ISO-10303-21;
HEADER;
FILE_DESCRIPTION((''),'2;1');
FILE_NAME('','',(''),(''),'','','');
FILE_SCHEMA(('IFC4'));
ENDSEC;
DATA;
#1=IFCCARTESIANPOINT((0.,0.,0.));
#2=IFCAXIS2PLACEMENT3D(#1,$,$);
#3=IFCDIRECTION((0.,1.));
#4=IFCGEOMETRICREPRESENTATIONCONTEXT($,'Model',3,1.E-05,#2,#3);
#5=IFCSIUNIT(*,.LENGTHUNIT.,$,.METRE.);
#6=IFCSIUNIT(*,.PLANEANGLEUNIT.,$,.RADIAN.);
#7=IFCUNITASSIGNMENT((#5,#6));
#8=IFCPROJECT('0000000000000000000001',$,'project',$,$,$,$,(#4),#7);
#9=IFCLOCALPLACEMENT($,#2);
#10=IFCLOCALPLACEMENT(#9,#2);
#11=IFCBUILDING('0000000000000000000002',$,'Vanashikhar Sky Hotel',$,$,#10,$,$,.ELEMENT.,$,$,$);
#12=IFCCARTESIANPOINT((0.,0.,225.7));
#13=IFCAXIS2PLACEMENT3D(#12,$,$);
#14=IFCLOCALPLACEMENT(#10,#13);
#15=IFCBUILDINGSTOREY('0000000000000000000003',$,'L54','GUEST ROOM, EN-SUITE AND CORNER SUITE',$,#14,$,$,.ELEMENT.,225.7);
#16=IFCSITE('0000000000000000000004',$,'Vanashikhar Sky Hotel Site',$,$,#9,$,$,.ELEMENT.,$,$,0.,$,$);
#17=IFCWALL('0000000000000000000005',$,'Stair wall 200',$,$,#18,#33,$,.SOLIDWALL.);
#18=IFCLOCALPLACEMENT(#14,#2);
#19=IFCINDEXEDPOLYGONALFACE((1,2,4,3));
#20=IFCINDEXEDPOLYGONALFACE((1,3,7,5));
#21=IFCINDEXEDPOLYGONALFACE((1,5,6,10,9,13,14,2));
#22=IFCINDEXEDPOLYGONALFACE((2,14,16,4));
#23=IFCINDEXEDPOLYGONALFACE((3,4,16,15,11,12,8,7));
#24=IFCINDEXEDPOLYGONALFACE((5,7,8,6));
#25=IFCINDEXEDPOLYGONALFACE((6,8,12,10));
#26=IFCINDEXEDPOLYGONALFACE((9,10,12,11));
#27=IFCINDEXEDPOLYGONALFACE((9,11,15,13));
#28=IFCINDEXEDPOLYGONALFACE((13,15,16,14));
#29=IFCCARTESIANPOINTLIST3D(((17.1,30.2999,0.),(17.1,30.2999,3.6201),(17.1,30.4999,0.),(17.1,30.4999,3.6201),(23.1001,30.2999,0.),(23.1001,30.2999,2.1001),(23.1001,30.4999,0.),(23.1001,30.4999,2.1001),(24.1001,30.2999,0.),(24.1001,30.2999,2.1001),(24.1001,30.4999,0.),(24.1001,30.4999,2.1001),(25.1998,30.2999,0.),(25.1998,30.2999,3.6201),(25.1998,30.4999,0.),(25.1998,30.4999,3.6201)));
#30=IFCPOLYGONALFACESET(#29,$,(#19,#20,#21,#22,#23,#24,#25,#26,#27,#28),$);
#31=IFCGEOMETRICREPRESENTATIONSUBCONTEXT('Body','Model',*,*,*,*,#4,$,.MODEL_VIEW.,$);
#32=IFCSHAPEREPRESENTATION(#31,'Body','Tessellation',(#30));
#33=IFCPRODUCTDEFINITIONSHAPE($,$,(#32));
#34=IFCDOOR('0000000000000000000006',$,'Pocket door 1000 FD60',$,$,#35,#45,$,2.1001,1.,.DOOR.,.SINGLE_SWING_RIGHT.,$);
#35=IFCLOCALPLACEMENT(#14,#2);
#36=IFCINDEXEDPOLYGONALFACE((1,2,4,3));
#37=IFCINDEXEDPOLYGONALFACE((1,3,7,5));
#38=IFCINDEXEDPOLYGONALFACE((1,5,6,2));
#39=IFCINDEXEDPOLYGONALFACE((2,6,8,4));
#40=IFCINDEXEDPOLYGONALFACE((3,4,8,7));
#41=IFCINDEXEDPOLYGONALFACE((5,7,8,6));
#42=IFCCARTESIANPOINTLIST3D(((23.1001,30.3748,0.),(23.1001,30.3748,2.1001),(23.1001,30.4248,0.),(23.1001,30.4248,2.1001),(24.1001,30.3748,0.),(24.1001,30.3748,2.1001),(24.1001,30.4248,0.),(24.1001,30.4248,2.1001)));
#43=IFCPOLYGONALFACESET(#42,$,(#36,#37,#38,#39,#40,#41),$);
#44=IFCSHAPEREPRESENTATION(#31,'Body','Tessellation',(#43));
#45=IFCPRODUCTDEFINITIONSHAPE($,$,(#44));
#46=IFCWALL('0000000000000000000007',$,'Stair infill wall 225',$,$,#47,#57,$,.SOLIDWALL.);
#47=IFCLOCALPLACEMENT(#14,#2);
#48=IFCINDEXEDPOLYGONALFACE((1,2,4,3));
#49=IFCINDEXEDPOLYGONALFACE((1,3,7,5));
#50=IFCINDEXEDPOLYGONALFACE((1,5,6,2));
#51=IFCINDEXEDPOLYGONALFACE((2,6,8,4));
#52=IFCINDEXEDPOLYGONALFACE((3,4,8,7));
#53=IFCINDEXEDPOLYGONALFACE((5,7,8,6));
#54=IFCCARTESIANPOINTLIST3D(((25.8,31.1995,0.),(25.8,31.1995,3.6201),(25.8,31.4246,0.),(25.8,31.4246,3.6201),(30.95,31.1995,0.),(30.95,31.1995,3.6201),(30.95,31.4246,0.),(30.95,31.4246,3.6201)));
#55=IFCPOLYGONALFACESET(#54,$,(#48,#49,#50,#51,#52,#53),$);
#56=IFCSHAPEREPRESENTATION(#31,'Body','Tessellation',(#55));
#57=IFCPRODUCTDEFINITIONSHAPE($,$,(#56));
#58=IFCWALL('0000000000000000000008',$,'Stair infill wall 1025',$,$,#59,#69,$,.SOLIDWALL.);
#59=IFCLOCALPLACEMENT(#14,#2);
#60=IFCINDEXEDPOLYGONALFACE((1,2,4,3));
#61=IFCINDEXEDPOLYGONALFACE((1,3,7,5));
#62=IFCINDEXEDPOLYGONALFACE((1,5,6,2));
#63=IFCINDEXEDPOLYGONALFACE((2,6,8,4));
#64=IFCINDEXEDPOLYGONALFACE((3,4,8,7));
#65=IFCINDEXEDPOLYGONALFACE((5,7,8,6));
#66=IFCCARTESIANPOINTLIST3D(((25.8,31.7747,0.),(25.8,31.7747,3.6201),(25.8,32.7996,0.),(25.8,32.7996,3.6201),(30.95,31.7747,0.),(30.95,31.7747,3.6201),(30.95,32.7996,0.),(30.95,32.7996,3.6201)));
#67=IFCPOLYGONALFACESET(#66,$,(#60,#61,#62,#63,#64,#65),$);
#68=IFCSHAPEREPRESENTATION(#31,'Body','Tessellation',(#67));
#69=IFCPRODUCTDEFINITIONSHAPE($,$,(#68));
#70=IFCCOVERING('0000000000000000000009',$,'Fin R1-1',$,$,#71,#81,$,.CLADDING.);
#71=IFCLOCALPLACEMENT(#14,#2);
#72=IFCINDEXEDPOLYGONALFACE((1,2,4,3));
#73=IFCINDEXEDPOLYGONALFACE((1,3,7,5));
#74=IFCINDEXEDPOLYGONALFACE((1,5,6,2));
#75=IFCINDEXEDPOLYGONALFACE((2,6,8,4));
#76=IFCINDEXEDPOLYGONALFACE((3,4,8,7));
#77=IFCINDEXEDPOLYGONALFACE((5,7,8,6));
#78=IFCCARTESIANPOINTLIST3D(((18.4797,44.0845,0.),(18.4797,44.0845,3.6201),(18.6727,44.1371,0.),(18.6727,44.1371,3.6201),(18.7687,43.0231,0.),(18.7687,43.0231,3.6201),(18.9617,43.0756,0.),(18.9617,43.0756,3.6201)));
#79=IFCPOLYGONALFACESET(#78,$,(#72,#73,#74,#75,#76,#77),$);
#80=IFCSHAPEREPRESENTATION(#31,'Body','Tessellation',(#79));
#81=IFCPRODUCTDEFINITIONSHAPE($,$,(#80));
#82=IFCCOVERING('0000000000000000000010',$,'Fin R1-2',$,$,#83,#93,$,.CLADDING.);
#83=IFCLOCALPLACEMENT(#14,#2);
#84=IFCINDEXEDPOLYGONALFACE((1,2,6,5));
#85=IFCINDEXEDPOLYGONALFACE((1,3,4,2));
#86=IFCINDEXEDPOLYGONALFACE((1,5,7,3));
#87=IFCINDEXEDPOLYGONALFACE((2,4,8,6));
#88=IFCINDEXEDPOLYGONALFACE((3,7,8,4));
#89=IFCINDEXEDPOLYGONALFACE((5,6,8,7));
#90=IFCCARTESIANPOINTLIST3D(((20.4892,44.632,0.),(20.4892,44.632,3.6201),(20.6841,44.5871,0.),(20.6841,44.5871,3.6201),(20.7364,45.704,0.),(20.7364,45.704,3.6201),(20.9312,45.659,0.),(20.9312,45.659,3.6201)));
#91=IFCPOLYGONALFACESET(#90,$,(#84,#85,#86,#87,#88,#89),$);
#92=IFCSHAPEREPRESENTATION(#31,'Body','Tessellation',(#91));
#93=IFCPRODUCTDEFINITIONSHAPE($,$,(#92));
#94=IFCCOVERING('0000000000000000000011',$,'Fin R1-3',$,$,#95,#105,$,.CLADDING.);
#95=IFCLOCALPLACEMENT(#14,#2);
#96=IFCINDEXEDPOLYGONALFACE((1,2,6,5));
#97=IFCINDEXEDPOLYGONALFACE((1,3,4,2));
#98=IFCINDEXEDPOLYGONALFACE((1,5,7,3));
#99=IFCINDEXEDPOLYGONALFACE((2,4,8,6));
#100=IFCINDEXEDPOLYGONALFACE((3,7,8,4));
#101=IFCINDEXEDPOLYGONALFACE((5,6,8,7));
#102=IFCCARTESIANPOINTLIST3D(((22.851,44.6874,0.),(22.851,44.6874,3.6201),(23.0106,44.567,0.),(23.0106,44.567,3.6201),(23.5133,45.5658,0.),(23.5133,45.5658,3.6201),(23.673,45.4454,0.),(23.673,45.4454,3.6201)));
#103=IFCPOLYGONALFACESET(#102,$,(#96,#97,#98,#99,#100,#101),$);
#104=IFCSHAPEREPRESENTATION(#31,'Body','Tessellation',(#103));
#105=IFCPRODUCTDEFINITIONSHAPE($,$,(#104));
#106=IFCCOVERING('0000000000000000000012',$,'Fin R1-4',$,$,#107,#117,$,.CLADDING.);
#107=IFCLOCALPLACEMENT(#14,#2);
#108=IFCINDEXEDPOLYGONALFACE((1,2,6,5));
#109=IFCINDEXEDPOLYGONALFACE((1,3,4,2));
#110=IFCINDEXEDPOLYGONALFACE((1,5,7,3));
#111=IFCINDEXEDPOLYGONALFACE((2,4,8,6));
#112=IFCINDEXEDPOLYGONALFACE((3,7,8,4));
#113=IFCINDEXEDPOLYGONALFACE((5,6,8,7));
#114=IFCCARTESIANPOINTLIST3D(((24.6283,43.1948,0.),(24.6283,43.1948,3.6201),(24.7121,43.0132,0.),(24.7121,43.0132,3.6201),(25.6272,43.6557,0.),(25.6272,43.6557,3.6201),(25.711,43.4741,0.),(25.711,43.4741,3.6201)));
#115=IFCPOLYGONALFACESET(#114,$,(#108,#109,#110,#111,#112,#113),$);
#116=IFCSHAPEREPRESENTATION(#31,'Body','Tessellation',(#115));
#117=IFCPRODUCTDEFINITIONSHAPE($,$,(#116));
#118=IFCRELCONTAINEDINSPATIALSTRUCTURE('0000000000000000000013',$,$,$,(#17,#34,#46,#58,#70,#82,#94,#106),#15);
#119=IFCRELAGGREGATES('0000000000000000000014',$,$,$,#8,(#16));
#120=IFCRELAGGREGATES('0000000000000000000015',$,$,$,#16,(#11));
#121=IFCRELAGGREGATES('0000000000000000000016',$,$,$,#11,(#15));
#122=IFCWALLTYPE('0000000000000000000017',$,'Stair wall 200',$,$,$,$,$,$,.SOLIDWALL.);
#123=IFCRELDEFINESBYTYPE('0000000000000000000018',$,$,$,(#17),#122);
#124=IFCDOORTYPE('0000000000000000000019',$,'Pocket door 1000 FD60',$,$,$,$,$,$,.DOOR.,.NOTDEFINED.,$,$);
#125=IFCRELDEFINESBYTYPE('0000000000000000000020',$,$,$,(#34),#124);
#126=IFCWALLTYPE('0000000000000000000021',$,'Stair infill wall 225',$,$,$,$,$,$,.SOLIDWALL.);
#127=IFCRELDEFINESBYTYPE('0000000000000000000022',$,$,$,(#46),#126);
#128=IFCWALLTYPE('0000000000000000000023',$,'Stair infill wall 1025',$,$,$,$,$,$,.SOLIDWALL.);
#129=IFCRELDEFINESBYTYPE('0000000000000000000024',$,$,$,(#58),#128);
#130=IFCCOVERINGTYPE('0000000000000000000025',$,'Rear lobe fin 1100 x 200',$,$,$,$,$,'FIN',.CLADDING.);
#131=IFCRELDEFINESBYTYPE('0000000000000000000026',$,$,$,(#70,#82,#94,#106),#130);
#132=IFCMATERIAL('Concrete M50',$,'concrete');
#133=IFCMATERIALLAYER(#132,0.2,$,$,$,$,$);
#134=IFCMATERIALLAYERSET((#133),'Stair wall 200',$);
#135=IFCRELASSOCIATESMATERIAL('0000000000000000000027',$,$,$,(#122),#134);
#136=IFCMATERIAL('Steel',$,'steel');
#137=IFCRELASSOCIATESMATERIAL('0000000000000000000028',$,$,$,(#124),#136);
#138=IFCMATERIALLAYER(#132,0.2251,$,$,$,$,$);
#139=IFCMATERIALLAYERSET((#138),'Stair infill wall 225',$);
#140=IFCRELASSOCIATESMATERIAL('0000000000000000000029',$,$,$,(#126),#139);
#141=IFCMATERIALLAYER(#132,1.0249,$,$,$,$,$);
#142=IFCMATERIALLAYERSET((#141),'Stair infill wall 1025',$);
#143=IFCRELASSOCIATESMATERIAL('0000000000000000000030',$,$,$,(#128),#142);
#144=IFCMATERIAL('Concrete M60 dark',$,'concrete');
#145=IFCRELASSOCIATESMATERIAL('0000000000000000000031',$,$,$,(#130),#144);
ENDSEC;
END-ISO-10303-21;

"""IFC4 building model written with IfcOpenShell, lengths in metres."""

from ifc_helpers import new_model, si_unit, direction, frame, frame_2d, origin, origin_2d, place, context, subcontext, project, spatial, rectangle, extrude, source, transform, mapped, material, layer, layer_set, material_profile, profile_set, type_object, element, fill, save


model = new_model("IFC4")

# Units and contexts
model_context = context("Model", 3, precision=1e-05, world=origin(), true_north=direction((0.0, 1.0)))
body_context = subcontext(model_context, "Body", "Model", "MODEL_VIEW")
ifc_project = project(units=[si_unit("LENGTHUNIT", "METRE"), si_unit("PLANEANGLEUNIT", "RADIAN")], contexts=[model_context])

# Site, building, storey
site_placement = place(None, origin())
site = spatial("IfcSite", under=ifc_project, at=site_placement, Name="Vanashikhar Sky Hotel Site", CompositionType="ELEMENT", RefElevation=0.0)
building_placement = place(site_placement, origin())
building = spatial("IfcBuilding", under=site, at=building_placement, Name="Vanashikhar Sky Hotel", CompositionType="ELEMENT")
storey_placement = place(building_placement, frame((0.0, 0.0, 225.7)))
storey = spatial("IfcBuildingStorey", under=building, at=storey_placement, Name="L54", Description="GUEST ROOM, EN-SUITE AND CORNER SUITE", CompositionType="ELEMENT", Elevation=225.7)

# Shared definitions
ifc_material_1 = material(Name="Concrete M50", Category="concrete")

# Wall, opening, door
ifc_layer_1 = layer(ifc_material_1, 0.2)
ifc_layer_set_1 = layer_set([ifc_layer_1], Name="Stair wall 200")
wall_type_1 = type_object("IfcWallType", Name="Stair wall 200", PredefinedType="SOLIDWALL", material=ifc_layer_set_1)
shared_shape_1 = source(origin(), body_context, "Body", "SweptSolid", [
    extrude(rectangle(XDim=8.0999, YDim=0.2, at=frame_2d((4.0498, 0.0))), origin(), (0.0, 0.0, 1.0), 3.6201),
])
wall_1_placement = place(storey_placement, frame((17.1001, 30.3999, 0.0), z_axis=(0.0, 0.0, 1.0), x_axis=(1.0, 0.0, 0.0)))
wall_1 = element("IfcWall", 1, at=wall_1_placement, inside=storey, type_object=wall_type_1, Name="Stair wall 200", PredefinedType="SOLIDWALL", context=body_context, shape_type="MappedRepresentation", body=[
    mapped(shared_shape_1, transform((0.0, 0.0, 0.0), scale=1.0)),
])
shared_shape_2 = source(origin(), body_context, "Body", "SweptSolid", [
    extrude(rectangle(XDim=1.0, YDim=2.1001, at=frame_2d((0.5, 1.05))), frame((0.0, 0.1099, 0.0), z_axis=(0.0, -1.0, 0.0), x_axis=(1.0, 0.0, 0.0)), (0.0, 0.0, 1.0), 0.22),
])
opening_1_placement = place(wall_1_placement, frame((6.0, 0.0, 0.0)))
opening_1 = element("IfcOpeningElement", 2, at=opening_1_placement, cuts=wall_1, PredefinedType="OPENING", context=body_context, shape_type="MappedRepresentation", body=[
    mapped(shared_shape_2, transform((0.0, 0.0, 0.0), scale=1.0)),
])
ifc_material_2 = material(Name="Steel", Category="steel")
door_type_1 = type_object("IfcDoorType", Name="Pocket door 1000 FD60", OperationType="NOTDEFINED", PredefinedType="DOOR", material=ifc_material_2)
shared_shape_3 = source(origin(), body_context, "Body", "SweptSolid", [
    extrude(rectangle(XDim=1.0, YDim=2.1001, at=frame_2d((0.5, 1.05))), frame((0.0, 0.0249, 0.0), z_axis=(0.0, -1.0, 0.0), x_axis=(1.0, 0.0, 0.0)), (0.0, 0.0, 1.0), 0.05),
])
door_1_placement = place(opening_1_placement, origin())
door_1 = element("IfcDoor", 3, at=door_1_placement, inside=storey, type_object=door_type_1, Name="Pocket door 1000 FD60", OperationType="SINGLE_SWING_RIGHT", OverallHeight=2.1001, OverallWidth=1.0, PredefinedType="DOOR", context=body_context, shape_type="MappedRepresentation", body=[
    mapped(shared_shape_3, transform((0.0, 0.0, 0.0), scale=1.0)),
])
fill(opening_1, door_1)

# Walls
ifc_layer_2 = layer(ifc_material_1, 0.2251)
ifc_layer_set_2 = layer_set([ifc_layer_2], Name="Stair infill wall 225")
wall_type_2 = type_object("IfcWallType", Name="Stair infill wall 225", PredefinedType="SOLIDWALL", material=ifc_layer_set_2)
shared_shape_4 = source(origin(), body_context, "Body", "SweptSolid", [
    extrude(rectangle(XDim=5.1499, YDim=0.2251, at=frame_2d((2.575, 0.0))), origin(), (0.0, 0.0, 1.0), 3.6201),
])
wall_2_placement = place(storey_placement, frame((25.8, 31.312, 0.0), z_axis=(0.0, 0.0, 1.0), x_axis=(1.0, 0.0, 0.0)))
element("IfcWall", 4, at=wall_2_placement, inside=storey, type_object=wall_type_2, Name="Stair infill wall 225", PredefinedType="SOLIDWALL", context=body_context, shape_type="MappedRepresentation", body=[
    mapped(shared_shape_4, transform((0.0, 0.0, 0.0), scale=1.0)),
])
ifc_layer_3 = layer(ifc_material_1, 1.0249)
ifc_layer_set_3 = layer_set([ifc_layer_3], Name="Stair infill wall 1025")
wall_type_3 = type_object("IfcWallType", Name="Stair infill wall 1025", PredefinedType="SOLIDWALL", material=ifc_layer_set_3)
shared_shape_5 = source(origin(), body_context, "Body", "SweptSolid", [
    extrude(rectangle(XDim=5.1499, YDim=1.0249, at=frame_2d((2.575, 0.0))), origin(), (0.0, 0.0, 1.0), 3.6201),
])
wall_3_placement = place(storey_placement, frame((25.8, 32.2871, 0.0), z_axis=(0.0, 0.0, 1.0), x_axis=(1.0, 0.0, 0.0)))
element("IfcWall", 5, at=wall_3_placement, inside=storey, type_object=wall_type_3, Name="Stair infill wall 1025", PredefinedType="SOLIDWALL", context=body_context, shape_type="MappedRepresentation", body=[
    mapped(shared_shape_5, transform((0.0, 0.0, 0.0), scale=1.0)),
])

# Coverings
ifc_material_3 = material(Name="Concrete M60 dark", Category="concrete")
ifc_material_profile = material_profile(ifc_material_3, rectangle(XDim=1.1001, YDim=0.2, at=origin_2d()))
ifc_profile_set = profile_set([ifc_material_profile], Name="Rear lobe fin 1100 x 200")
covering_type = type_object("IfcCoveringType", Name="Rear lobe fin 1100 x 200", ElementType="FIN", PredefinedType="CLADDING", material=ifc_profile_set)
shared_shape_6 = source(origin(), body_context, "Body", "SweptSolid", [
    extrude(rectangle(XDim=1.1001, YDim=0.2, at=origin_2d()), origin(), (0.0, 0.0, 1.0), 3.6201),
])
for number, where, z_axis, x_axis, name in (
    (6, (18.7207, 43.5801, 0.0), (0.0, 0.0, 1.0), (-0.262711, 0.964874, 0.0), "Fin R1-1"),
    (7, (20.7102, 45.1455, 0.0), (0.0, 0.0, 1.0), (0.224645, 0.974441, 0.0), "Fin R1-2"),
    (8, (23.262, 45.0664, 0.0), (0.0, 0.0, 1.0), (0.602066, 0.798446, 0.0), "Fin R1-3"),
    (9, (25.1697, 43.3345, 0.0), (0.0, 0.0, 1.0), (0.908004, 0.418961, 0.0), "Fin R1-4"),
):
    element("IfcCovering", number, at=place(storey_placement, frame(where, z_axis=z_axis, x_axis=x_axis)), inside=storey, type_object=covering_type, Name=name, PredefinedType="CLADDING", context=body_context, shape_type="MappedRepresentation", body=[
        mapped(shared_shape_6, transform((0.0, 0.0, 0.0), scale=1.0)),
    ])

save(model, "model.ifc")
